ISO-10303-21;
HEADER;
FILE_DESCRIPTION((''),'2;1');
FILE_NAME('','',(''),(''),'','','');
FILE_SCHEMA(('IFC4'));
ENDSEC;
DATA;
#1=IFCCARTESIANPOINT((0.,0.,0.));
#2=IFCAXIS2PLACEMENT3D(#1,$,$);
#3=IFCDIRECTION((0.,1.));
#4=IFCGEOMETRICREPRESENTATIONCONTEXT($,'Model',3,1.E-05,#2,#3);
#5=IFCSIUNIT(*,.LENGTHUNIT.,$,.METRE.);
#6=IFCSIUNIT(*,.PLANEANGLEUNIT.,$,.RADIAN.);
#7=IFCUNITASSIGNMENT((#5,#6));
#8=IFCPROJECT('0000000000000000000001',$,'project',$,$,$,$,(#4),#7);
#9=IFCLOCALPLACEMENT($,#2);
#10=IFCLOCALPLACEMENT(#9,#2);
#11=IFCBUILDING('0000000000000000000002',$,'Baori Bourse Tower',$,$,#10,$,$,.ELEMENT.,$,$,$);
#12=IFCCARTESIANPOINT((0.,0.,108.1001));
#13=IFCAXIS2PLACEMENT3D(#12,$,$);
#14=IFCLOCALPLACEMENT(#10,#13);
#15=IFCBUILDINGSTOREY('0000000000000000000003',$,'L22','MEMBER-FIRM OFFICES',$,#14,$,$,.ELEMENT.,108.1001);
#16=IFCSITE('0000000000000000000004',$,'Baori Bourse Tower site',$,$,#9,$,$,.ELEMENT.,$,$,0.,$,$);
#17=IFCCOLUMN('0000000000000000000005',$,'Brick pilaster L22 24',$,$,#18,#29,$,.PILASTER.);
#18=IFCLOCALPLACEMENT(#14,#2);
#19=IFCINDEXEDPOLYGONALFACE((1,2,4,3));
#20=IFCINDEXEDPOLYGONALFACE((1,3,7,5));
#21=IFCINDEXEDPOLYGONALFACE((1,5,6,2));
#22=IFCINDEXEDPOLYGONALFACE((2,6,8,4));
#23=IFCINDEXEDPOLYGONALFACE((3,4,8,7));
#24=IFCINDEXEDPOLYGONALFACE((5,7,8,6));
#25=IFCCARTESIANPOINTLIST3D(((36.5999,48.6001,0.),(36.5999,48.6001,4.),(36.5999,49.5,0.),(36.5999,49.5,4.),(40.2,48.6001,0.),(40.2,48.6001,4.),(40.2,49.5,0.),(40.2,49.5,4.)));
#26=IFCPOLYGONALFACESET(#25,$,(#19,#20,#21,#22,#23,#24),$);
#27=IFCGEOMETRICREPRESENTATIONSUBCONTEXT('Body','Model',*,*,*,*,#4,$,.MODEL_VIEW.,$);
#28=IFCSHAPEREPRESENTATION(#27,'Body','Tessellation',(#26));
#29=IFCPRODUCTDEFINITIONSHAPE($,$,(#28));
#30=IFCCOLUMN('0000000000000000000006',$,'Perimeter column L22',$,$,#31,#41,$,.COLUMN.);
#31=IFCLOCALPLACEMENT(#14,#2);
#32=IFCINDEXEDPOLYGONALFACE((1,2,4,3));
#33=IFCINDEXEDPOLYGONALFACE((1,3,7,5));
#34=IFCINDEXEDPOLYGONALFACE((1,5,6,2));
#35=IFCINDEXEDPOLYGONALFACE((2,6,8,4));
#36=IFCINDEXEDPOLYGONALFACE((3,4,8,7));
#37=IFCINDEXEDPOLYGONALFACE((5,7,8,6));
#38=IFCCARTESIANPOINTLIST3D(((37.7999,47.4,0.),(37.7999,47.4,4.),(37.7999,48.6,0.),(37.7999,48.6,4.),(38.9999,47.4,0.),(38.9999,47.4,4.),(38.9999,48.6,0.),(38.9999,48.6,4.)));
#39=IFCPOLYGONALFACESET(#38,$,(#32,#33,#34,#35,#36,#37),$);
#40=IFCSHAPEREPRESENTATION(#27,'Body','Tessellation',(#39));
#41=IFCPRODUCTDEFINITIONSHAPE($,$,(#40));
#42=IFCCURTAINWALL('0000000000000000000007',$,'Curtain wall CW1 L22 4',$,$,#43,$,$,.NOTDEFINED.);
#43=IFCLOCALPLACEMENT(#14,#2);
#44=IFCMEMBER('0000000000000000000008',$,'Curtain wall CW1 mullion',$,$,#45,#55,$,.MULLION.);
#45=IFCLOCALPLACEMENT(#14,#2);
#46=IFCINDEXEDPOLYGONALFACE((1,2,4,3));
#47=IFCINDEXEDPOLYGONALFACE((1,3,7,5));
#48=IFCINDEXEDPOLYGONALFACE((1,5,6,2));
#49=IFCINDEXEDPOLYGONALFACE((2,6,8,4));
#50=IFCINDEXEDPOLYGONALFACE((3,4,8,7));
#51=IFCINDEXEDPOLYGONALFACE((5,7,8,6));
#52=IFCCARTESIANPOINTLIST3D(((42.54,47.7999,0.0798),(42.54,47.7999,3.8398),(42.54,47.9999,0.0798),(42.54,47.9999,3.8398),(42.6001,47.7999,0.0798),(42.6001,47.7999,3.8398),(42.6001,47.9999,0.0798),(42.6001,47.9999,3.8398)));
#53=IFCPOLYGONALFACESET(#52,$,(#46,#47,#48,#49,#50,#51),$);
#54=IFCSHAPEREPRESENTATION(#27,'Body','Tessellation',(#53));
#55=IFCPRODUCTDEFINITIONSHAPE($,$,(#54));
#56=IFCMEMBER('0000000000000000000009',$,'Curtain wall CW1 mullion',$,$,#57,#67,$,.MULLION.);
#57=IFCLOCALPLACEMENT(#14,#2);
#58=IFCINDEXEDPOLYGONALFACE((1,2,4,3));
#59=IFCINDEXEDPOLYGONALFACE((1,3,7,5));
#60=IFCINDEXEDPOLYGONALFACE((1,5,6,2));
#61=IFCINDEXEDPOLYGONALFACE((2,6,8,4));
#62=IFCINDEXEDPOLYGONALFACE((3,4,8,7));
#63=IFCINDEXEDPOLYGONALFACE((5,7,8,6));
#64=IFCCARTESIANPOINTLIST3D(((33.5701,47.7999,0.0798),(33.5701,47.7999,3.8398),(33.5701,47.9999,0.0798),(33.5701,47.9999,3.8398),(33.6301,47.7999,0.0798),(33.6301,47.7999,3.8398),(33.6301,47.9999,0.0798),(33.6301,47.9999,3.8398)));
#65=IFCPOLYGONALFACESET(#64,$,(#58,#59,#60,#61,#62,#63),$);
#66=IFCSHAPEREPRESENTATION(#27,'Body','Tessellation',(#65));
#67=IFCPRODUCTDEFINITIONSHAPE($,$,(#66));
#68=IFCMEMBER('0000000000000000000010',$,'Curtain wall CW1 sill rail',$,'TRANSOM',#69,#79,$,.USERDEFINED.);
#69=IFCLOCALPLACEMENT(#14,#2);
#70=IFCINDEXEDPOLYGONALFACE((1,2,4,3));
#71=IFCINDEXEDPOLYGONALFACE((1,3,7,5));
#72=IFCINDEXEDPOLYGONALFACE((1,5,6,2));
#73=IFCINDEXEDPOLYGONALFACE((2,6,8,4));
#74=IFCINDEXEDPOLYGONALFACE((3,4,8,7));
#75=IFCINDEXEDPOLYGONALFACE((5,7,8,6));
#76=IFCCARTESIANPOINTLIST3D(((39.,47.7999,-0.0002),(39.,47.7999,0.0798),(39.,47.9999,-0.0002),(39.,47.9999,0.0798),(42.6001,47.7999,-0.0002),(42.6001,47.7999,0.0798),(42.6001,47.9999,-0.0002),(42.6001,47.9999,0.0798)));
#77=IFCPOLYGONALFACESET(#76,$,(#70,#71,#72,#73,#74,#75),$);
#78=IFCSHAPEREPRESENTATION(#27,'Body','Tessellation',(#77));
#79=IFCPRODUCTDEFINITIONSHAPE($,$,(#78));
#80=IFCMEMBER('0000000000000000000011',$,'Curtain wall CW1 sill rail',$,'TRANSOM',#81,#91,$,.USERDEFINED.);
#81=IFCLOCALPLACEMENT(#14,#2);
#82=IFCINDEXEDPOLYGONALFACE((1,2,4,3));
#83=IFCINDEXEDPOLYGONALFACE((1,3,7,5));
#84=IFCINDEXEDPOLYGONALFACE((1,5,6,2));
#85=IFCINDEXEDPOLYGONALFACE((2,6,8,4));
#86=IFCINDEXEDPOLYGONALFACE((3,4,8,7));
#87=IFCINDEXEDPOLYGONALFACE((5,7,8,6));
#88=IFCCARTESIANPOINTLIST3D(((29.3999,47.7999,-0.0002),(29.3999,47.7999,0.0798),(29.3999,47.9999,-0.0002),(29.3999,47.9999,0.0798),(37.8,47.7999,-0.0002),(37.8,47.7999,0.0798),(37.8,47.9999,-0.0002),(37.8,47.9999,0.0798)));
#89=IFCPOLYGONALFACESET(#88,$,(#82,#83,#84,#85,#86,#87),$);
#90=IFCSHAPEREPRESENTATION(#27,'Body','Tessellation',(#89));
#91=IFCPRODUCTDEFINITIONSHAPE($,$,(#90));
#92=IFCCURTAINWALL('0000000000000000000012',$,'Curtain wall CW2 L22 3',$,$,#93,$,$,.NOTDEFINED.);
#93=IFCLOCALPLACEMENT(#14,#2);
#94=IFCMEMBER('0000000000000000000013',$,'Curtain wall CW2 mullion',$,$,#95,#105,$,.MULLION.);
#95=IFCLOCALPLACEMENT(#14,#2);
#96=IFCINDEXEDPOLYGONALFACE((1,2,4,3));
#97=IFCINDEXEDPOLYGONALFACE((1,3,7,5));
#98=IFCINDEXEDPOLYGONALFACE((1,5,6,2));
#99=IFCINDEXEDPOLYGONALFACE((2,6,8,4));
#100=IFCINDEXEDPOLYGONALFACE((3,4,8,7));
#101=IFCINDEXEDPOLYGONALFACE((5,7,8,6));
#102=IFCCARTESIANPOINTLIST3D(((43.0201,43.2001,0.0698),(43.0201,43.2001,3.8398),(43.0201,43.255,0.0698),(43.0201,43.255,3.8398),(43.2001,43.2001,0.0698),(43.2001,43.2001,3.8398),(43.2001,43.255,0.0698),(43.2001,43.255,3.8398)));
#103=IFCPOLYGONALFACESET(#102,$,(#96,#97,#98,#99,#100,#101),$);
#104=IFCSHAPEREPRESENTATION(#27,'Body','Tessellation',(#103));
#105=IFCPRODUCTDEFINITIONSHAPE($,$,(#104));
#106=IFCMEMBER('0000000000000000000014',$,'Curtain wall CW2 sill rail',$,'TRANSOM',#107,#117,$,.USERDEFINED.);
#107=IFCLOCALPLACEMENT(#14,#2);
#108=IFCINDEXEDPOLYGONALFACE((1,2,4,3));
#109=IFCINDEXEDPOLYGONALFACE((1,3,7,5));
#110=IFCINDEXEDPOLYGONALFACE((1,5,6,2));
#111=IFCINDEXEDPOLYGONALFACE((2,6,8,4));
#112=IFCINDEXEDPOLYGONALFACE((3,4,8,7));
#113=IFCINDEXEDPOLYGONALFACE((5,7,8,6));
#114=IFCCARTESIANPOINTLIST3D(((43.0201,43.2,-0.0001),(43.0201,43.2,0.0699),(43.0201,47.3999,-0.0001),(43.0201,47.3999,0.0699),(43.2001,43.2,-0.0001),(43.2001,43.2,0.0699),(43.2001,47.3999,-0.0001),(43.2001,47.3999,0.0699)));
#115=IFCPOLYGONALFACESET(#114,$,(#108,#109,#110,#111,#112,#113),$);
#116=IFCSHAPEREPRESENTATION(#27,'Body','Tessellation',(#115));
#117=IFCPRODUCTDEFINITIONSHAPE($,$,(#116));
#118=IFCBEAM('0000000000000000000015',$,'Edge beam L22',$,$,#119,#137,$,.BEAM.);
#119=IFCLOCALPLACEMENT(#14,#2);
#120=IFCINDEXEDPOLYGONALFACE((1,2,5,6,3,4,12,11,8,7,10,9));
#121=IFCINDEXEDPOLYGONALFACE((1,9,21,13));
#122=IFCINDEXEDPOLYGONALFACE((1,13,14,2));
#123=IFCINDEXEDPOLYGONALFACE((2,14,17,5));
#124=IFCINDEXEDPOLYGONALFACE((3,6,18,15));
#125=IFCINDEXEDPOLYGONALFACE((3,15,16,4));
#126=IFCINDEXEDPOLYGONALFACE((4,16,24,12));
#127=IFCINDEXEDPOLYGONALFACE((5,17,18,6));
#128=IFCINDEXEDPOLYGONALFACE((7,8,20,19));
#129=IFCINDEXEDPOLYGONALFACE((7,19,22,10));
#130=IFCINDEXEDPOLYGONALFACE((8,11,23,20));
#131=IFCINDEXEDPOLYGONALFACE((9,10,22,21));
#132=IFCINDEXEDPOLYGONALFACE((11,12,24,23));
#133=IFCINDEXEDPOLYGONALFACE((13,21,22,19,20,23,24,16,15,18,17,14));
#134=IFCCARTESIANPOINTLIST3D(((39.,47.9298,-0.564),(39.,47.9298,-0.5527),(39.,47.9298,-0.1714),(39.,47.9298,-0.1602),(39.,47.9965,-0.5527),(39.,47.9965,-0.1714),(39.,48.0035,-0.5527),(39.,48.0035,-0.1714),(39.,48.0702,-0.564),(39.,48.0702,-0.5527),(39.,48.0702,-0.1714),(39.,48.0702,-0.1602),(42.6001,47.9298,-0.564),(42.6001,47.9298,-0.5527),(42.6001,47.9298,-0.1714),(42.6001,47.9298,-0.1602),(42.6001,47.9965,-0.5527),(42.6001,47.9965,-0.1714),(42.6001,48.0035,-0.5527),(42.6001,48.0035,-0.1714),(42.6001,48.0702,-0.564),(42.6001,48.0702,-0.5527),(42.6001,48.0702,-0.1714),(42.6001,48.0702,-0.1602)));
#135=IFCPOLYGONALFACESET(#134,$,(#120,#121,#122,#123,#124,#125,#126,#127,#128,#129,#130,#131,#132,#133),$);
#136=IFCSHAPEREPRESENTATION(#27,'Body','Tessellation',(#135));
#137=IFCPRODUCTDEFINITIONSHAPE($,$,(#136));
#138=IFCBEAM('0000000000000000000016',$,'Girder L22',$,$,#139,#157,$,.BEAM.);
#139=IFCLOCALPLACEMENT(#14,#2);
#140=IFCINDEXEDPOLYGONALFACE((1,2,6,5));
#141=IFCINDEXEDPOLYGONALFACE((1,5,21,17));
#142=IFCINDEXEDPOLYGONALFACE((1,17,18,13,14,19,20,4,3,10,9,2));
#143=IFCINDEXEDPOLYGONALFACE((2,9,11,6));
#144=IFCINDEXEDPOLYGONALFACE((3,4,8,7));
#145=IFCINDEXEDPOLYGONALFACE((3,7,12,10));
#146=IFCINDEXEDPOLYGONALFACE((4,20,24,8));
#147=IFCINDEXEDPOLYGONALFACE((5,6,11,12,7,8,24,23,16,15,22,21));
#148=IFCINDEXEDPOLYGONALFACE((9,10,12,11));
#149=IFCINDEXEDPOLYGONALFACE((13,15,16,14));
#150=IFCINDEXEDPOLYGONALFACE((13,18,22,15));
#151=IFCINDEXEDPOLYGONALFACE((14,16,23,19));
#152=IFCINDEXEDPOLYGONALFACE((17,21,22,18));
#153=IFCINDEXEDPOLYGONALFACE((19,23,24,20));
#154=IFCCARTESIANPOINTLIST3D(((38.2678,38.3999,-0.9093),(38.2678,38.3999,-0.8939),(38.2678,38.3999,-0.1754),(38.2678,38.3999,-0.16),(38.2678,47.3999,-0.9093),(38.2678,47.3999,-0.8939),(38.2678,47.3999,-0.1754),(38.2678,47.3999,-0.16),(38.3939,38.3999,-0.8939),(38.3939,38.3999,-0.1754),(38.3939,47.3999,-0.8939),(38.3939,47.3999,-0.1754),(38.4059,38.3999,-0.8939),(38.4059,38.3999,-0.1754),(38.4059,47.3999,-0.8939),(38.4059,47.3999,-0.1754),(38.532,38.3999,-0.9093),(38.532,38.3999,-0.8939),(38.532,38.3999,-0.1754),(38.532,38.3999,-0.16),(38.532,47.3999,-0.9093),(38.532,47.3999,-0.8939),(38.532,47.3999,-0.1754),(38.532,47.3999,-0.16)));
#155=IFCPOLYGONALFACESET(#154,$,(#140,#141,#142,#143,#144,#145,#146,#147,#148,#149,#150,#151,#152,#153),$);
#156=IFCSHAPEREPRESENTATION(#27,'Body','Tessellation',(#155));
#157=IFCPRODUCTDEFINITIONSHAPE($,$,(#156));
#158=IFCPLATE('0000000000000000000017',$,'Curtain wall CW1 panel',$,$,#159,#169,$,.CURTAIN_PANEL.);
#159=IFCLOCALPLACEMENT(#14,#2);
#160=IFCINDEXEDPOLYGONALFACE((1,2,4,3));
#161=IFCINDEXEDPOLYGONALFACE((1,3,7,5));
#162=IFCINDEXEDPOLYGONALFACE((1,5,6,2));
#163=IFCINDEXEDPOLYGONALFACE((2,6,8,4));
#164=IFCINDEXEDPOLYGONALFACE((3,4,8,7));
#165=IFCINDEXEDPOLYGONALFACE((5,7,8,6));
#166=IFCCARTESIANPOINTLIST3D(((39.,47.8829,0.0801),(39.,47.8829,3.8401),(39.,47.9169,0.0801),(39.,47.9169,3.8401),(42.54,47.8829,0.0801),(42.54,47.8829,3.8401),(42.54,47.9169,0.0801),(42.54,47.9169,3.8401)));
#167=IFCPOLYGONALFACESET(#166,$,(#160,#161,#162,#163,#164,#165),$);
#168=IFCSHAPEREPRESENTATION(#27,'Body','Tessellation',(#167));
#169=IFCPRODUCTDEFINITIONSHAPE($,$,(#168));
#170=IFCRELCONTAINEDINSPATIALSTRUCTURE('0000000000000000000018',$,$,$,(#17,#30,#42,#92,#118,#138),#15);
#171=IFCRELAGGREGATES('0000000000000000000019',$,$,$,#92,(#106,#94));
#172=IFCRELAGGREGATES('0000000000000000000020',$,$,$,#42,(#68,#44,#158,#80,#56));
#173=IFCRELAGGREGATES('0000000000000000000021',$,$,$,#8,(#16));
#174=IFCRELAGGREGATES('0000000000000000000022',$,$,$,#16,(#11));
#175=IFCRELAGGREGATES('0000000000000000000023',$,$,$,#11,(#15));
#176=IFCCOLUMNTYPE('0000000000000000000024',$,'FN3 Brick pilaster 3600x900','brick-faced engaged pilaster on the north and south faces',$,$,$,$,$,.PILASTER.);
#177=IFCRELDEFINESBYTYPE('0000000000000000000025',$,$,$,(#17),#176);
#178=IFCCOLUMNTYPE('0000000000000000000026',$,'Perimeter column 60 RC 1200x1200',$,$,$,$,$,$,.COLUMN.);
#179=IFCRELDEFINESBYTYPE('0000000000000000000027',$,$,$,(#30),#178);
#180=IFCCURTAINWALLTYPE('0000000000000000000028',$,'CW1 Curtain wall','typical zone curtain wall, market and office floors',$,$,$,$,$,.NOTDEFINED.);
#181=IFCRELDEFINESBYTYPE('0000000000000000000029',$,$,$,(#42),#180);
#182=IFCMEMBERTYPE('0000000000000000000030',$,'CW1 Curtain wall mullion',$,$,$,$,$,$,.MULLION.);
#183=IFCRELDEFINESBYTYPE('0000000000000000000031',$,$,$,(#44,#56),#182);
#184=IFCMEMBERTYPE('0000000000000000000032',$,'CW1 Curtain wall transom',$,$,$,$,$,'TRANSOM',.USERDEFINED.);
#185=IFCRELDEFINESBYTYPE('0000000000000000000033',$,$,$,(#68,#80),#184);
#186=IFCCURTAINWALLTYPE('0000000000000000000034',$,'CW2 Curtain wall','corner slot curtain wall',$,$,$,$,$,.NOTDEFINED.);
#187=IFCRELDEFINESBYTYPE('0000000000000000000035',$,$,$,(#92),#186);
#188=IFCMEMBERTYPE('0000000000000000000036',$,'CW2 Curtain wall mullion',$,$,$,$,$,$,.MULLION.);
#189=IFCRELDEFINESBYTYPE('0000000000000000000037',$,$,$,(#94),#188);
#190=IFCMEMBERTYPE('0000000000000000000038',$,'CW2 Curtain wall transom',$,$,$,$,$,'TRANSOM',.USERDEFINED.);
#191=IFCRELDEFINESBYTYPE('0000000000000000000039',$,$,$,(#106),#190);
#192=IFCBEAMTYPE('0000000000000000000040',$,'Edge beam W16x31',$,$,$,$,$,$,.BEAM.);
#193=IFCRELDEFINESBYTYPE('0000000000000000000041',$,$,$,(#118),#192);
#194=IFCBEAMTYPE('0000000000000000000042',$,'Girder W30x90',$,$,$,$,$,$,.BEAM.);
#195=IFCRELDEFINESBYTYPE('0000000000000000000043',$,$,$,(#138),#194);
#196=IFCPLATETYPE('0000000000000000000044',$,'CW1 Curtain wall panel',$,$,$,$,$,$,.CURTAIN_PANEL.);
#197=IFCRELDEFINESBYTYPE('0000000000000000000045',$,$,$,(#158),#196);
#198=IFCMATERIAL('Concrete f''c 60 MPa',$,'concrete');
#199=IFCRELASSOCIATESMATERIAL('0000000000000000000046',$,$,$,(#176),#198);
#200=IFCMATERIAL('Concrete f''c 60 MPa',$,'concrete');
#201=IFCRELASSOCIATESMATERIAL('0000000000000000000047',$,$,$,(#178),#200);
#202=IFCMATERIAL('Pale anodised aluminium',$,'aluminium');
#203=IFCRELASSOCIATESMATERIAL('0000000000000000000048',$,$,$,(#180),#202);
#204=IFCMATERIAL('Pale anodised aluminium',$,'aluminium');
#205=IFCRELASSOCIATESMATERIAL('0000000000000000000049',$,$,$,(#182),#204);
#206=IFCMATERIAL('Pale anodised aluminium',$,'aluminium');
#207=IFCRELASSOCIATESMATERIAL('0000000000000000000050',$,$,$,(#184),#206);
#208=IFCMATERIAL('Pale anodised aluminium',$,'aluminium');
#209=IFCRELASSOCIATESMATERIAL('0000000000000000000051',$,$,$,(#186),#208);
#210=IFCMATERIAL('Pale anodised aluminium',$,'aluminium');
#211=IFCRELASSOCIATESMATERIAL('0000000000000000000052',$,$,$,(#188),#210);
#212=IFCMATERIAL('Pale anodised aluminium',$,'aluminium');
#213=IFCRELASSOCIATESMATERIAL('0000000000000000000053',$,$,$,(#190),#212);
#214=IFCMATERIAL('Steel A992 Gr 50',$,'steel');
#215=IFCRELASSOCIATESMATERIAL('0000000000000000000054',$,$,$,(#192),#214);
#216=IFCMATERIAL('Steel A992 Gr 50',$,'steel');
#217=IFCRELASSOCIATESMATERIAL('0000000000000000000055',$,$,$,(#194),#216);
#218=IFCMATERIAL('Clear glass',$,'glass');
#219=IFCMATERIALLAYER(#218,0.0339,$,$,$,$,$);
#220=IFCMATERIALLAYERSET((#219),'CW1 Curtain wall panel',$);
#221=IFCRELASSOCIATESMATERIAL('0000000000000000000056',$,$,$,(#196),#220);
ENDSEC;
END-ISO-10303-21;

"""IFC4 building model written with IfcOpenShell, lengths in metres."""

from ifc_helpers import new_model, si_unit, direction, frame, origin, origin_2d, place, context, subcontext, project, spatial, rectangle, i_section, extrude, material, layer, layer_set, material_profile, profile_set, type_object, element, aggregate, save


model = new_model("IFC4")

# Units and contexts
model_context = context("Model", 3, precision=1e-05, world=origin(), true_north=direction((0.0, 1.0)))
body_context = subcontext(model_context, "Body", "Model", "MODEL_VIEW")
ifc_project = project(units=[si_unit("LENGTHUNIT", "METRE"), si_unit("PLANEANGLEUNIT", "RADIAN")], contexts=[model_context])

# Site, building, storey
site_placement = place(None, origin())
site = spatial("IfcSite", under=ifc_project, at=site_placement, Name="Baori Bourse Tower site", CompositionType="ELEMENT", RefElevation=0.0)
building_placement = place(site_placement, origin())
building = spatial("IfcBuilding", under=site, at=building_placement, Name="Baori Bourse Tower", CompositionType="ELEMENT")
storey_placement = place(building_placement, frame((0.0, 0.0, 108.1001)))
storey = spatial("IfcBuildingStorey", under=building, at=storey_placement, Name="L22", Description="MEMBER-FIRM OFFICES", CompositionType="ELEMENT", Elevation=108.1001)

# Columns
ifc_material_1 = material(Name="Concrete f'c 60 MPa", Category="concrete")
ifc_material_profile_1 = material_profile(ifc_material_1, rectangle(XDim=3.6001, YDim=0.8999, at=origin_2d()), Name="RC 3600x900")
ifc_profile_set_1 = profile_set([ifc_material_profile_1], Name="Concrete f'c 60 MPa")
column_type_1 = type_object("IfcColumnType", Name="FN3 Brick pilaster 3600x900", Description="brick-faced engaged pilaster on the north and south faces", PredefinedType="PILASTER", material=ifc_profile_set_1)
column_1_placement = place(storey_placement, frame((38.3999, 49.05, 0.0), z_axis=(0.0, 0.0, 1.0), x_axis=(1.0, 0.0, 0.0)))
element("IfcColumn", 1, at=column_1_placement, inside=storey, type_object=column_type_1, Name="Brick pilaster L22 24", PredefinedType="PILASTER", context=body_context, shape_type="SweptSolid", body=[
    extrude(rectangle(XDim=3.6001, YDim=0.8999, at=origin_2d()), origin(), (0.0, 0.0, 1.0), 4.0),
])
ifc_material_2 = material(Name="Concrete f'c 60 MPa", Category="concrete")
ifc_material_profile_2 = material_profile(ifc_material_2, rectangle(XDim=1.2, YDim=1.2, at=origin_2d()), Name="RC 1200x1200")
ifc_profile_set_2 = profile_set([ifc_material_profile_2], Name="Concrete f'c 60 MPa")
column_type_2 = type_object("IfcColumnType", Name="Perimeter column 60 RC 1200x1200", PredefinedType="COLUMN", material=ifc_profile_set_2)
column_2_placement = place(storey_placement, frame((38.3999, 48.0, 0.0), z_axis=(0.0, 0.0, 1.0), x_axis=(1.0, 0.0, 0.0)))
element("IfcColumn", 2, at=column_2_placement, inside=storey, type_object=column_type_2, Name="Perimeter column L22", PredefinedType="COLUMN", context=body_context, shape_type="SweptSolid", body=[
    extrude(rectangle(XDim=1.2, YDim=1.2, at=origin_2d()), origin(), (0.0, 0.0, 1.0), 4.0),
])

# Curtain walls, members
ifc_material_3 = material(Name="Pale anodised aluminium", Category="aluminium")
curtain_wall_type_1 = type_object("IfcCurtainWallType", Name="CW1 Curtain wall", Description="typical zone curtain wall, market and office floors", PredefinedType="NOTDEFINED", material=ifc_material_3)
curtain_wall_1_placement = place(storey_placement, origin())
curtain_wall_1 = element("IfcCurtainWall", 3, at=curtain_wall_1_placement, inside=storey, type_object=curtain_wall_type_1, Name="Curtain wall CW1 L22 4", PredefinedType="NOTDEFINED")
ifc_material_4 = material(Name="Pale anodised aluminium", Category="aluminium")
ifc_material_profile_3 = material_profile(ifc_material_4, rectangle(XDim=0.2, YDim=0.0601, at=origin_2d()), Name="Mullion 60x200")
ifc_profile_set_3 = profile_set([ifc_material_profile_3], Name="Pale anodised aluminium")
member_type_1 = type_object("IfcMemberType", Name="CW1 Curtain wall mullion", PredefinedType="MULLION", material=ifc_profile_set_3)
member_1_placement = place(storey_placement, frame((42.5701, 47.8999, 0.0798), z_axis=(0.0, 0.0, 1.0), x_axis=(0.0, -1.0, 0.0)))
member_1 = element("IfcMember", 4, at=member_1_placement, type_object=member_type_1, Name="Curtain wall CW1 mullion", PredefinedType="MULLION", context=body_context, shape_type="SweptSolid", body=[
    extrude(rectangle(XDim=0.2, YDim=0.0601, at=origin_2d()), origin(), (0.0, 0.0, 1.0), 3.76),
])
member_2_placement = place(storey_placement, frame((33.6001, 47.8999, 0.0798), z_axis=(0.0, 0.0, 1.0), x_axis=(0.0, -1.0, 0.0)))
member_2 = element("IfcMember", 5, at=member_2_placement, type_object=member_type_1, Name="Curtain wall CW1 mullion", PredefinedType="MULLION", context=body_context, shape_type="SweptSolid", body=[
    extrude(rectangle(XDim=0.2, YDim=0.0601, at=origin_2d()), origin(), (0.0, 0.0, 1.0), 3.76),
])
ifc_material_5 = material(Name="Pale anodised aluminium", Category="aluminium")
ifc_material_profile_4 = material_profile(ifc_material_5, rectangle(XDim=0.2, YDim=0.0801, at=origin_2d()), Name="Transom 80x200")
ifc_profile_set_4 = profile_set([ifc_material_profile_4], Name="Pale anodised aluminium")
member_type_2 = type_object("IfcMemberType", Name="CW1 Curtain wall transom", ElementType="TRANSOM", PredefinedType="USERDEFINED", material=ifc_profile_set_4)
member_3_placement = place(storey_placement, frame((42.6001, 47.8999, 0.0398), z_axis=(-1.0, 0.0, 0.0), x_axis=(0.0, -1.0, 0.0)))
member_3 = element("IfcMember", 6, at=member_3_placement, type_object=member_type_2, Name="Curtain wall CW1 sill rail", ObjectType="TRANSOM", PredefinedType="USERDEFINED", context=body_context, shape_type="SweptSolid", body=[
    extrude(rectangle(XDim=0.2, YDim=0.0801, at=origin_2d()), origin(), (0.0, 0.0, 1.0), 3.6001),
])
member_4_placement = place(storey_placement, frame((37.8, 47.8999, 0.0398), z_axis=(-1.0, 0.0, 0.0), x_axis=(0.0, -1.0, 0.0)))
member_4 = element("IfcMember", 7, at=member_4_placement, type_object=member_type_2, Name="Curtain wall CW1 sill rail", ObjectType="TRANSOM", PredefinedType="USERDEFINED", context=body_context, shape_type="SweptSolid", body=[
    extrude(rectangle(XDim=0.2, YDim=0.0801, at=origin_2d()), origin(), (0.0, 0.0, 1.0), 8.4001),
])
ifc_material_6 = material(Name="Pale anodised aluminium", Category="aluminium")
curtain_wall_type_2 = type_object("IfcCurtainWallType", Name="CW2 Curtain wall", Description="corner slot curtain wall", PredefinedType="NOTDEFINED", material=ifc_material_6)
curtain_wall_2_placement = place(storey_placement, origin())
curtain_wall_2 = element("IfcCurtainWall", 8, at=curtain_wall_2_placement, inside=storey, type_object=curtain_wall_type_2, Name="Curtain wall CW2 L22 3", PredefinedType="NOTDEFINED")
ifc_material_7 = material(Name="Pale anodised aluminium", Category="aluminium")
ifc_material_profile_5 = material_profile(ifc_material_7, rectangle(XDim=0.1799, YDim=0.0549, at=origin_2d()), Name="Mullion 55x180")
ifc_profile_set_5 = profile_set([ifc_material_profile_5], Name="Pale anodised aluminium")
member_type_3 = type_object("IfcMemberType", Name="CW2 Curtain wall mullion", PredefinedType="MULLION", material=ifc_profile_set_5)
member_5_placement = place(storey_placement, frame((43.1101, 43.2275, 0.0698), z_axis=(0.0, 0.0, 1.0), x_axis=(-1.0, 0.0, 0.0)))
member_5 = element("IfcMember", 9, at=member_5_placement, type_object=member_type_3, Name="Curtain wall CW2 mullion", PredefinedType="MULLION", context=body_context, shape_type="SweptSolid", body=[
    extrude(rectangle(XDim=0.1799, YDim=0.0549, at=origin_2d()), origin(), (0.0, 0.0, 1.0), 3.77),
])
ifc_material_8 = material(Name="Pale anodised aluminium", Category="aluminium")
ifc_material_profile_6 = material_profile(ifc_material_8, rectangle(XDim=0.1799, YDim=0.0701, at=origin_2d()), Name="Transom 70x180")
ifc_profile_set_6 = profile_set([ifc_material_profile_6], Name="Pale anodised aluminium")
member_type_4 = type_object("IfcMemberType", Name="CW2 Curtain wall transom", ElementType="TRANSOM", PredefinedType="USERDEFINED", material=ifc_profile_set_6)
member_6_placement = place(storey_placement, frame((43.1101, 43.2, 0.0349), z_axis=(0.0, 1.0, 0.0), x_axis=(-1.0, 0.0, 0.0)))
member_6 = element("IfcMember", 10, at=member_6_placement, type_object=member_type_4, Name="Curtain wall CW2 sill rail", ObjectType="TRANSOM", PredefinedType="USERDEFINED", context=body_context, shape_type="SweptSolid", body=[
    extrude(rectangle(XDim=0.1799, YDim=0.0701, at=origin_2d()), origin(), (0.0, 0.0, 1.0), 4.2),
])
aggregate(curtain_wall_2, [member_6, member_5])

# Beams
ifc_material_9 = material(Name="Steel A992 Gr 50", Category="steel")
ifc_material_profile_7 = material_profile(ifc_material_9, i_section(OverallWidth=0.1404, OverallDepth=0.4038, WebThickness=0.0071, FlangeThickness=0.0112, at=origin_2d()), Name="W16x31")
ifc_profile_set_7 = profile_set([ifc_material_profile_7], Name="Steel A992 Gr 50")
beam_type_1 = type_object("IfcBeamType", Name="Edge beam W16x31", PredefinedType="BEAM", material=ifc_profile_set_7)
beam_1_placement = place(storey_placement, frame((39.0, 48.0, -0.3621), z_axis=(1.0, 0.0, 0.0), x_axis=(0.0, 1.0, 0.0)))
element("IfcBeam", 11, at=beam_1_placement, inside=storey, type_object=beam_type_1, Name="Edge beam L22", PredefinedType="BEAM", context=body_context, shape_type="SweptSolid", body=[
    extrude(i_section(OverallWidth=0.1404, OverallDepth=0.4038, WebThickness=0.0071, FlangeThickness=0.0112, at=origin_2d()), origin(), (0.0, 0.0, 1.0), 3.6001),
])
ifc_material_10 = material(Name="Steel A992 Gr 50", Category="steel")
ifc_material_profile_8 = material_profile(ifc_material_10, i_section(OverallWidth=0.2642, OverallDepth=0.7493, WebThickness=0.012, FlangeThickness=0.0154, at=origin_2d()), Name="W30x90")
ifc_profile_set_8 = profile_set([ifc_material_profile_8], Name="Steel A992 Gr 50")
beam_type_2 = type_object("IfcBeamType", Name="Girder W30x90", PredefinedType="BEAM", material=ifc_profile_set_8)
beam_2_placement = place(storey_placement, frame((38.3999, 38.3999, -0.5347), z_axis=(0.0, 1.0, 0.0), x_axis=(-1.0, 0.0, 0.0)))
element("IfcBeam", 12, at=beam_2_placement, inside=storey, type_object=beam_type_2, Name="Girder L22", PredefinedType="BEAM", context=body_context, shape_type="SweptSolid", body=[
    extrude(i_section(OverallWidth=0.2642, OverallDepth=0.7493, WebThickness=0.012, FlangeThickness=0.0154, at=origin_2d()), origin(), (0.0, 0.0, 1.0), 9.0),
])

# Plate
ifc_material_11 = material(Name="Clear glass", Category="glass")
ifc_layer_1 = layer(ifc_material_11, 0.0339)
ifc_layer_set_1 = layer_set([ifc_layer_1], Name="CW1 Curtain wall panel")
plate_type = type_object("IfcPlateType", Name="CW1 Curtain wall panel", PredefinedType="CURTAIN_PANEL", material=ifc_layer_set_1)
plate_1_placement = place(storey_placement, frame((40.77, 47.8999, 0.0801), z_axis=(0.0, 0.0, 1.0), x_axis=(-1.0, 0.0, 0.0)))
plate_1 = element("IfcPlate", 13, at=plate_1_placement, type_object=plate_type, Name="Curtain wall CW1 panel", PredefinedType="CURTAIN_PANEL", context=body_context, shape_type="SweptSolid", body=[
    extrude(rectangle(XDim=3.54, YDim=0.0339, at=origin_2d()), origin(), (0.0, 0.0, 1.0), 3.76),
])
aggregate(curtain_wall_1, [member_3, member_1, plate_1, member_4, member_2])

save(model, "model.ifc")
